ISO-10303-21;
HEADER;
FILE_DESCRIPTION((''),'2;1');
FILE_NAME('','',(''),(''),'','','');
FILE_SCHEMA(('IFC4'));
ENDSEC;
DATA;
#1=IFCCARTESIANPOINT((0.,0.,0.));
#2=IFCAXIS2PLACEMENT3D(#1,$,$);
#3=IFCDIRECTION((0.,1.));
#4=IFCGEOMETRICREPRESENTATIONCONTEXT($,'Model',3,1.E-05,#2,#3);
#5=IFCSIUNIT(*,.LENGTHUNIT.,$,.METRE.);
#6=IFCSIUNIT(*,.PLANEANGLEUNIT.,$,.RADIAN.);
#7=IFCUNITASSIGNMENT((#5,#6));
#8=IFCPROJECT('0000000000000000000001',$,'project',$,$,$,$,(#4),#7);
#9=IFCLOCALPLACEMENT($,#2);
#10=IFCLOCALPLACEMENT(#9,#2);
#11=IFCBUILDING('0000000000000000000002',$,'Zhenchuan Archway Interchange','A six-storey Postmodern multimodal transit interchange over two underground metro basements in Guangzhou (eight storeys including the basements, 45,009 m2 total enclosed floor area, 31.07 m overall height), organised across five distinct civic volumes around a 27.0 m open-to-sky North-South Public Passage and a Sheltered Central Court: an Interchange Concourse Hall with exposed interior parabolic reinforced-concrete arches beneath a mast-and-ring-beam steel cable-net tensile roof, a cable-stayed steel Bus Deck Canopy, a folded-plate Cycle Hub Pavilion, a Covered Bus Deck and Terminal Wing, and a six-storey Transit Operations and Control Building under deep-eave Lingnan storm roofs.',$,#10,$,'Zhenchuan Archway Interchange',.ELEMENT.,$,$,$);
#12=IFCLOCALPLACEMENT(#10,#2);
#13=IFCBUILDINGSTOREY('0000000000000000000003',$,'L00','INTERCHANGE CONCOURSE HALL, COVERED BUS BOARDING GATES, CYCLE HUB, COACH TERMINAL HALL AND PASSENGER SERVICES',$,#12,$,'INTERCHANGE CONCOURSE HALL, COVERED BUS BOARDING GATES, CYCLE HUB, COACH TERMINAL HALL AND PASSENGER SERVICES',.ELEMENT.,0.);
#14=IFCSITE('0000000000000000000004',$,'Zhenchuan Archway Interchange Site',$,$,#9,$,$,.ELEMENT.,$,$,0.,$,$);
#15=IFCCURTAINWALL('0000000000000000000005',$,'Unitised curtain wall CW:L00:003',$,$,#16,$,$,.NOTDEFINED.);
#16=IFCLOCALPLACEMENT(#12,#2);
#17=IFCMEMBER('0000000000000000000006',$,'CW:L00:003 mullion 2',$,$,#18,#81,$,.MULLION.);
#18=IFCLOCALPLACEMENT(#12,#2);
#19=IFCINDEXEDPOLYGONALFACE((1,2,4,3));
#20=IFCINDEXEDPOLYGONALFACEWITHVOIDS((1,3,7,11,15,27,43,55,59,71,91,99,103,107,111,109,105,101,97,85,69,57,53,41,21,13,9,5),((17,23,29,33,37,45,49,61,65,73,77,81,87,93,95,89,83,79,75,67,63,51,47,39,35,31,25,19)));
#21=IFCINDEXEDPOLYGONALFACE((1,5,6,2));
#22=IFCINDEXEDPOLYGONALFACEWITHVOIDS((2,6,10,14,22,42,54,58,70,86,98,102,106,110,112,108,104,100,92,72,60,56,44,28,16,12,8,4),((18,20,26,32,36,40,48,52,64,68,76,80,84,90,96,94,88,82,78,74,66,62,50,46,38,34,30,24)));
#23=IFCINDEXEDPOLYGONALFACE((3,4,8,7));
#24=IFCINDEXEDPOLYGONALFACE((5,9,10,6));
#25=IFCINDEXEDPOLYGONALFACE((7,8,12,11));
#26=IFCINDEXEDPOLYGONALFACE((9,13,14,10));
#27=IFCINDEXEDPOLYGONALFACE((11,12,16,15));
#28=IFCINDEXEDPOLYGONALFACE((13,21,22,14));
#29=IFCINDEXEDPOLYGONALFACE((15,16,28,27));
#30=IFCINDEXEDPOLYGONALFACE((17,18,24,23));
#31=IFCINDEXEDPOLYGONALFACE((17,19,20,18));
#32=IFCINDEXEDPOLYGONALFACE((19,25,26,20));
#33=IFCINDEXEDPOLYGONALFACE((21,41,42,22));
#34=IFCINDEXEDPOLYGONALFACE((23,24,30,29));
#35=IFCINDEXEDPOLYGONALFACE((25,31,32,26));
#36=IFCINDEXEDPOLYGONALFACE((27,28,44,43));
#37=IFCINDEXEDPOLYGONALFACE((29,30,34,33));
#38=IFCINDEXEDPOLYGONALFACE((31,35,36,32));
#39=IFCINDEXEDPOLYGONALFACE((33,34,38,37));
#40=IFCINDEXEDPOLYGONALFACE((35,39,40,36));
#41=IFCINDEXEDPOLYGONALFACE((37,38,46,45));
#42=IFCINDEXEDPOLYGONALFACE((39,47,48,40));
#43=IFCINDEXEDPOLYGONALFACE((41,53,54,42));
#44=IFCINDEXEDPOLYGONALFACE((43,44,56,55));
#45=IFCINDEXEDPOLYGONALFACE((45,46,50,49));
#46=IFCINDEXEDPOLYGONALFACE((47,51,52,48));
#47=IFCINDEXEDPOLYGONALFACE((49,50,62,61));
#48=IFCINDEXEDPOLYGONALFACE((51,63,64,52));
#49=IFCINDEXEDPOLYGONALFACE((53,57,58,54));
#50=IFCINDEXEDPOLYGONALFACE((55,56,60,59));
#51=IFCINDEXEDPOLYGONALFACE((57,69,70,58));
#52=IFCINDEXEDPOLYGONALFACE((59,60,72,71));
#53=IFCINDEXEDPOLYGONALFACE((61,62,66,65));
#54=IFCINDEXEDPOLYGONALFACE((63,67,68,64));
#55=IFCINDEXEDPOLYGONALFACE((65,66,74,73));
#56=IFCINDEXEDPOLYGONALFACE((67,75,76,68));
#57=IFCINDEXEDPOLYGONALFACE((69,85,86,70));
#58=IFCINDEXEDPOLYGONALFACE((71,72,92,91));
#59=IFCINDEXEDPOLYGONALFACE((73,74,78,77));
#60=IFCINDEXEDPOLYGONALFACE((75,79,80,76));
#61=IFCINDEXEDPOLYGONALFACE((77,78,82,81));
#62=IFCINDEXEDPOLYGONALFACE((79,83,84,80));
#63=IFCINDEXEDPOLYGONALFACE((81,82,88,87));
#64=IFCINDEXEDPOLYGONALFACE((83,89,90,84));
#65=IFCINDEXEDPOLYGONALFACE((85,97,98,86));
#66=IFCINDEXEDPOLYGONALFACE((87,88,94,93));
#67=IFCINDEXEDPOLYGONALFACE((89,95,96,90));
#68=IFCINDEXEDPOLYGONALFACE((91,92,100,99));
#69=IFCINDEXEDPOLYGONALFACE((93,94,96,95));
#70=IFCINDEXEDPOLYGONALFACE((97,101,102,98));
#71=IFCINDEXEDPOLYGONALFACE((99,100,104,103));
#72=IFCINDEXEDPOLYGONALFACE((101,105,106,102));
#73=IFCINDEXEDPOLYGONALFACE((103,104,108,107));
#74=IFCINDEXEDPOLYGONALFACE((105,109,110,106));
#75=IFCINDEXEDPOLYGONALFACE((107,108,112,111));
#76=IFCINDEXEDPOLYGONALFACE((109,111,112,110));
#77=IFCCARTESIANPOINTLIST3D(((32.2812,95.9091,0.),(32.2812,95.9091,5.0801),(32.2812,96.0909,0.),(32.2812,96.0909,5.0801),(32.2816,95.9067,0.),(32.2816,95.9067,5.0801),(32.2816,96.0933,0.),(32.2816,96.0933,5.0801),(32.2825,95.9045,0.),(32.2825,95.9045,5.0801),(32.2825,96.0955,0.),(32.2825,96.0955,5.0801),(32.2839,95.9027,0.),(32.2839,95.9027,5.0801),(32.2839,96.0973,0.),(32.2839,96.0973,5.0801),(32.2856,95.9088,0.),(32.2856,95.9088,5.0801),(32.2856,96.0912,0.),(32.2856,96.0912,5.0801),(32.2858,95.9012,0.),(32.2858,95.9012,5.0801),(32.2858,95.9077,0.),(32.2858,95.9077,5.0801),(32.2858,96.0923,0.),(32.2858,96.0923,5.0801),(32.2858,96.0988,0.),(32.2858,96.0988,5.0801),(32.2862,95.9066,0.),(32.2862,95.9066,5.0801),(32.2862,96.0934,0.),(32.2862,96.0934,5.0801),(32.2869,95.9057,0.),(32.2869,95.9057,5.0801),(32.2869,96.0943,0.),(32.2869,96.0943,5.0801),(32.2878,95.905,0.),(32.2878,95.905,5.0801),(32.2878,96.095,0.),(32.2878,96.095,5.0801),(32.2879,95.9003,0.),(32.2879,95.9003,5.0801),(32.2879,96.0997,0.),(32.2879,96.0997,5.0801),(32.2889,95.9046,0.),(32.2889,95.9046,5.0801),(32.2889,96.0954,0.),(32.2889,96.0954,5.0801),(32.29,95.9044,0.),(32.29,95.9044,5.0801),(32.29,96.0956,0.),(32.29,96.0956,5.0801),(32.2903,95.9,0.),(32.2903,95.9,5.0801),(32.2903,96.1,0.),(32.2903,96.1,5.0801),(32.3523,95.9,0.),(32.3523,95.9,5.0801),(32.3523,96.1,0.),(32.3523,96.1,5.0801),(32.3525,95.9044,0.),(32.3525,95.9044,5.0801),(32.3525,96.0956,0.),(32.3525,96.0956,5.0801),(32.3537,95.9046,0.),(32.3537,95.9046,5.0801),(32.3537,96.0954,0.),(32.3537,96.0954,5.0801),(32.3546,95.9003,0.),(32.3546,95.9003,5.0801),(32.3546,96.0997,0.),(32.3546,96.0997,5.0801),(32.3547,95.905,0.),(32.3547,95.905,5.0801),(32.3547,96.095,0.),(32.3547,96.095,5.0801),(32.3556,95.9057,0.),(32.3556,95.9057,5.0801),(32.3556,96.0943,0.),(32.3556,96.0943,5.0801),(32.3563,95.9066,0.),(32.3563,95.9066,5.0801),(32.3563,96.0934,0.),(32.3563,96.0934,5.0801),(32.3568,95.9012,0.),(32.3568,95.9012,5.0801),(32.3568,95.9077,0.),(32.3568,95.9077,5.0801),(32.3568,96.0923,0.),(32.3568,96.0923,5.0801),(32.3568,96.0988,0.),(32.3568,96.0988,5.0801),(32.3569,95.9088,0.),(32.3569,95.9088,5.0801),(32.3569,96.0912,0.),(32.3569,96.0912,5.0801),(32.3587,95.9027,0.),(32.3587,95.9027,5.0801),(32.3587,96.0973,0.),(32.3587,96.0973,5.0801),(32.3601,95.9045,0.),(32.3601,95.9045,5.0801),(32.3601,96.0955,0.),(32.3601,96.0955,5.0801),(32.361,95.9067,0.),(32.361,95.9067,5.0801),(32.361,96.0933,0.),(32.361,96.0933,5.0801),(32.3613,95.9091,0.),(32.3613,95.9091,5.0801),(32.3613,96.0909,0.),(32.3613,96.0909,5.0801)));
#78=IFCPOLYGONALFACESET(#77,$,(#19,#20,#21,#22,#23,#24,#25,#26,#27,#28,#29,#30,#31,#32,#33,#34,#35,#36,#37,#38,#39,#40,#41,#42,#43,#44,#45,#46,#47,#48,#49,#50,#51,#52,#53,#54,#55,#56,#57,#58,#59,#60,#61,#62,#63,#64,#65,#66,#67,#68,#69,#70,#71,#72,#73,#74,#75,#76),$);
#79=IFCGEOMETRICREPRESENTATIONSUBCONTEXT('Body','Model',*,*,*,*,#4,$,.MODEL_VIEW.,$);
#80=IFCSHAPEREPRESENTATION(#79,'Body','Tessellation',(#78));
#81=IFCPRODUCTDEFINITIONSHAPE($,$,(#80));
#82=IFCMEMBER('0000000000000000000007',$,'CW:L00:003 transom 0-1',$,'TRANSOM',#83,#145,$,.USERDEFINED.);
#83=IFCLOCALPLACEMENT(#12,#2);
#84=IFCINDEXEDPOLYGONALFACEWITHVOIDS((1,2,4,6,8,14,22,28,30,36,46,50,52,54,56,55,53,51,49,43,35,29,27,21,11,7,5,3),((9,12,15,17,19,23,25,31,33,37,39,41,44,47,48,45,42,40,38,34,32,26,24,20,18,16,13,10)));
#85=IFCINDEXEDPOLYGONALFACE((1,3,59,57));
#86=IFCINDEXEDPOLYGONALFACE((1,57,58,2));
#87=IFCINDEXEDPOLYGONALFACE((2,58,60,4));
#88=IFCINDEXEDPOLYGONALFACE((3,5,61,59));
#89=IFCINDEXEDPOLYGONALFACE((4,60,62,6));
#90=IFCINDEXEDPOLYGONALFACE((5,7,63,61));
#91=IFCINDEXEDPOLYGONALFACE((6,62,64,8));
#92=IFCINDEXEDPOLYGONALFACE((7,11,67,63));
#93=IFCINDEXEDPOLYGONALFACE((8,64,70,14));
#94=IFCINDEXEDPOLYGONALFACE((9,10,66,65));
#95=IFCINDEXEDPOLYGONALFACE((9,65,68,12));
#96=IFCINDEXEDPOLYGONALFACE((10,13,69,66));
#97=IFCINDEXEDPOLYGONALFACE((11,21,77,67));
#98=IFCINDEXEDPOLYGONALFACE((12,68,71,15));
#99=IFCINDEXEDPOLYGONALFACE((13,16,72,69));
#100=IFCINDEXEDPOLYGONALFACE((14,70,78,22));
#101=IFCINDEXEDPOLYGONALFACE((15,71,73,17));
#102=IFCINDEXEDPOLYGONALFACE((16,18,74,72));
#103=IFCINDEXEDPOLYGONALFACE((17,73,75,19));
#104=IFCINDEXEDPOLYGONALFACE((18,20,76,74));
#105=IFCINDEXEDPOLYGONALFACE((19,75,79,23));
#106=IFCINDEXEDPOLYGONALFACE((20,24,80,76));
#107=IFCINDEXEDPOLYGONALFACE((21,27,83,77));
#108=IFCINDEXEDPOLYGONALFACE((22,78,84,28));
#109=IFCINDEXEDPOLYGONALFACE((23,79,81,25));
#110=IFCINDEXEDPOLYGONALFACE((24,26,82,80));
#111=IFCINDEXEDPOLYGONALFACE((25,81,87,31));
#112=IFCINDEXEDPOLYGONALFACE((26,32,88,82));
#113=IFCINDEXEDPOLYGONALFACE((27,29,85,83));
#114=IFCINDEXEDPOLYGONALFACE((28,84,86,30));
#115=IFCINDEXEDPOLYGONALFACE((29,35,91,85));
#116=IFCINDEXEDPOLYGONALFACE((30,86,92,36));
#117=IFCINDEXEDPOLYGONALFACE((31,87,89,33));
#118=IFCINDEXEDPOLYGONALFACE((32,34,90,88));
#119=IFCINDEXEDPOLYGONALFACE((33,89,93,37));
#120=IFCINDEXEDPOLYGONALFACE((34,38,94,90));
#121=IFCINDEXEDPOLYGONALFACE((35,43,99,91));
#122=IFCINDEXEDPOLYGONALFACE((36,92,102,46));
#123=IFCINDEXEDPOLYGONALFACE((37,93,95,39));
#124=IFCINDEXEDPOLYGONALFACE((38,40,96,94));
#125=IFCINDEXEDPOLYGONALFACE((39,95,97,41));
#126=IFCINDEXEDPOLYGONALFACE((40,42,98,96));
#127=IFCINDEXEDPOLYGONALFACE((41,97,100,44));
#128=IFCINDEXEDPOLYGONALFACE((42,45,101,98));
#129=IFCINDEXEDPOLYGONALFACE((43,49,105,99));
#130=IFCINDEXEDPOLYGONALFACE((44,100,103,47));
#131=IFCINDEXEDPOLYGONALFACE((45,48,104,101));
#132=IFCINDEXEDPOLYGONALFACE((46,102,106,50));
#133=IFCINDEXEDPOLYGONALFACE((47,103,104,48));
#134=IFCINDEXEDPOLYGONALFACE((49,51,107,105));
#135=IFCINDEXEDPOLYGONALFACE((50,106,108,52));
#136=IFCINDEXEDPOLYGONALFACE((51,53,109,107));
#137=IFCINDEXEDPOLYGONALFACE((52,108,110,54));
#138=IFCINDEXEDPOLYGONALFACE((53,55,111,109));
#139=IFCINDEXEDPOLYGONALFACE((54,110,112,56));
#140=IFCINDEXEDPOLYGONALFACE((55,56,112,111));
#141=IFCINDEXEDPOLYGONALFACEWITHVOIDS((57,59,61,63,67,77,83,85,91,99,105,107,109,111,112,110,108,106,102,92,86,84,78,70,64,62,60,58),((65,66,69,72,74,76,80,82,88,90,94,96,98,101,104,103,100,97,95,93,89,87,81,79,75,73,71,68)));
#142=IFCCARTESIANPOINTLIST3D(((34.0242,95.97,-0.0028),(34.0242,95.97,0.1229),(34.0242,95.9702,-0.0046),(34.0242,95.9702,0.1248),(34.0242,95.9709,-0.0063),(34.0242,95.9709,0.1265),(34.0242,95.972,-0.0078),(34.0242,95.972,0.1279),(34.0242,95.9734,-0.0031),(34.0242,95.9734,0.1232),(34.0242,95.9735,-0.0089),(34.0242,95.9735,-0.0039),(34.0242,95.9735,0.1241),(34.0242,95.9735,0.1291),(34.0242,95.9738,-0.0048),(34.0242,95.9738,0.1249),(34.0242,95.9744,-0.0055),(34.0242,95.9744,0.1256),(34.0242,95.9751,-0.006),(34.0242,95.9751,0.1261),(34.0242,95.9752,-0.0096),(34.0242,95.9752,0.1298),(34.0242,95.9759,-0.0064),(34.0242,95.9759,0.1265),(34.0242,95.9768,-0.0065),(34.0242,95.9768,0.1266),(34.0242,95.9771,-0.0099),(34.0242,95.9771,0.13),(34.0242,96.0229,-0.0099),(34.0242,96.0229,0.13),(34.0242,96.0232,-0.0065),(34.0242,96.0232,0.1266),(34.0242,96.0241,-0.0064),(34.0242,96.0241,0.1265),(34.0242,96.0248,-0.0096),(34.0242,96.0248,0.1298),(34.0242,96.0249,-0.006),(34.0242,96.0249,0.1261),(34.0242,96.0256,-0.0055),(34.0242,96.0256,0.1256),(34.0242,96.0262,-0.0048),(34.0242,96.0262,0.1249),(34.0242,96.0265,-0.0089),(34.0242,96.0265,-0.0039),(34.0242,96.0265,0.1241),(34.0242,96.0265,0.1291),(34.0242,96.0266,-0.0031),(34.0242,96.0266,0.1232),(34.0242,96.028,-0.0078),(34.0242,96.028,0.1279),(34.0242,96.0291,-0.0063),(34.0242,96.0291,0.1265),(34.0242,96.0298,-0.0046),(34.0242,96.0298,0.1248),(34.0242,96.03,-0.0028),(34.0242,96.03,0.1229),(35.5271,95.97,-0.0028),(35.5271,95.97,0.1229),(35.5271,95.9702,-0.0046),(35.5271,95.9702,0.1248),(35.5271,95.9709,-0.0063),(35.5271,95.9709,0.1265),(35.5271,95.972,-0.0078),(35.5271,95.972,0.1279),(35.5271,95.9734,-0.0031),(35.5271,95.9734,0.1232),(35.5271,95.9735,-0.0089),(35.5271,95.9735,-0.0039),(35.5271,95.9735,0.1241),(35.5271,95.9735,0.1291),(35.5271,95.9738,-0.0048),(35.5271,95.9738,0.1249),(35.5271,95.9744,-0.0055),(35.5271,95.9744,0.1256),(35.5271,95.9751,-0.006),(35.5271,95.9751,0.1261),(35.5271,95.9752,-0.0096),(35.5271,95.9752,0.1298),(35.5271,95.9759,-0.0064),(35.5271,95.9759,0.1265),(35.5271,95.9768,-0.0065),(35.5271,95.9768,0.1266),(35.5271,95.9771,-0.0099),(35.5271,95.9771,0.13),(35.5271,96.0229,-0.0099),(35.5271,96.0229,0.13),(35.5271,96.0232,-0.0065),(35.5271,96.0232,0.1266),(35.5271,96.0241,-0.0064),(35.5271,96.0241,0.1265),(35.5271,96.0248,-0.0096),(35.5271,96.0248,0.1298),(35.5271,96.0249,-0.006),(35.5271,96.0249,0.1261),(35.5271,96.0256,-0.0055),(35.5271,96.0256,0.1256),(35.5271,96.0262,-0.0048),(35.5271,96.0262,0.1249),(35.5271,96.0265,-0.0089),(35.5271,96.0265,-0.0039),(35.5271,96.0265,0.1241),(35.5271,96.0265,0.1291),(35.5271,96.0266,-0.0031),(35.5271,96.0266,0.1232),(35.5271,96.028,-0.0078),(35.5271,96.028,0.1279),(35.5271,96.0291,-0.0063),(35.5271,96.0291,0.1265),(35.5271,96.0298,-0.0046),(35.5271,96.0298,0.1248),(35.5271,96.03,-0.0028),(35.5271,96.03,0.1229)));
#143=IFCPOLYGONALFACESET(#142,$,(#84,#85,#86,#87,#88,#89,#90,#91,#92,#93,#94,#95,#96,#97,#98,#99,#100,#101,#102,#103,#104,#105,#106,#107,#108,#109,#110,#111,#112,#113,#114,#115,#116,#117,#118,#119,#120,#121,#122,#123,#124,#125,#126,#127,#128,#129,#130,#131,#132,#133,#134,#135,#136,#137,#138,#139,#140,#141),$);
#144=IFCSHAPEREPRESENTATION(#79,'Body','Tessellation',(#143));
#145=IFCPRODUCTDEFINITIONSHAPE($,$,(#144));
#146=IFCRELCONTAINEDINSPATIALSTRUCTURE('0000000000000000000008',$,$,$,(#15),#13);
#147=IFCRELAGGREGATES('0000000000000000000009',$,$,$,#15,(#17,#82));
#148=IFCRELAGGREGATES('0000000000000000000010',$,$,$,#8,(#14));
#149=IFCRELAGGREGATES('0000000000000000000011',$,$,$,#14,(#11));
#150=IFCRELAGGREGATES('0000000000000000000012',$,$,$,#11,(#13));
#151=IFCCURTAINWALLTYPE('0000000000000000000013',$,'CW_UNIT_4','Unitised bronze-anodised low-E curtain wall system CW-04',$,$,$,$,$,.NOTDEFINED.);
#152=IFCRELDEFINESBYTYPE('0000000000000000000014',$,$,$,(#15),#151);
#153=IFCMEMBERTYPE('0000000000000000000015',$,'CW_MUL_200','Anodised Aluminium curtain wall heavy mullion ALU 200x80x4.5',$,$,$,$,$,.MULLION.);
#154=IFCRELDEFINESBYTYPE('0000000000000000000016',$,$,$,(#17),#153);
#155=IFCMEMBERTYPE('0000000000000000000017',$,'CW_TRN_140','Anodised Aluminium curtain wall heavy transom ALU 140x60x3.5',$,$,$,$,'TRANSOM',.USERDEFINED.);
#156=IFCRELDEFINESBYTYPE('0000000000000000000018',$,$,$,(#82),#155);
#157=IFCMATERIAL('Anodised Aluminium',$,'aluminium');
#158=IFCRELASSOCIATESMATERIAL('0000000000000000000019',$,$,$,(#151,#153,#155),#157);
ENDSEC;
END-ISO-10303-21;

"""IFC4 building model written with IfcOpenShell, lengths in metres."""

from ifc_helpers import new_model, si_unit, direction, frame, origin, origin_2d, place, context, subcontext, project, spatial, hollow_rectangle, extrude, material, material_profile, profile_set, type_object, element, aggregate, save


model = new_model("IFC4")

# Units and contexts
model_context = context("Model", 3, precision=1e-05, world=origin(), true_north=direction((0.0, 1.0)))
body_context = subcontext(model_context, "Body", "Model", "MODEL_VIEW")
ifc_project = project(units=[si_unit("LENGTHUNIT", "METRE"), si_unit("PLANEANGLEUNIT", "RADIAN")], contexts=[model_context])

# Site, building, storey
site_placement = place(None, origin())
site = spatial("IfcSite", under=ifc_project, at=site_placement, Name="Zhenchuan Archway Interchange Site", CompositionType="ELEMENT", RefElevation=0.0)
building_placement = place(site_placement, origin())
building = spatial("IfcBuilding", under=site, at=building_placement, Name="Zhenchuan Archway Interchange", Description="A six-storey Postmodern multimodal transit interchange over two underground metro basements in Guangzhou (eight storeys including the basements, 45,009 m2 total enclosed floor area, 31.07 m overall height), organised across five distinct civic volumes around a 27.0 m open-to-sky North-South Public Passage and a Sheltered Central Court: an Interchange Concourse Hall with exposed interior parabolic reinforced-concrete arches beneath a mast-and-ring-beam steel cable-net tensile roof, a cable-stayed steel Bus Deck Canopy, a folded-plate Cycle Hub Pavilion, a Covered Bus Deck and Terminal Wing, and a six-storey Transit Operations and Control Building under deep-eave Lingnan storm roofs.", LongName="Zhenchuan Archway Interchange", CompositionType="ELEMENT")
storey_placement = place(building_placement, origin())
storey = spatial("IfcBuildingStorey", under=building, at=storey_placement, Name="L00", Description="INTERCHANGE CONCOURSE HALL, COVERED BUS BOARDING GATES, CYCLE HUB, COACH TERMINAL HALL AND PASSENGER SERVICES", LongName="INTERCHANGE CONCOURSE HALL, COVERED BUS BOARDING GATES, CYCLE HUB, COACH TERMINAL HALL AND PASSENGER SERVICES", CompositionType="ELEMENT", Elevation=0.0)

# Curtain wall, members
ifc_material_1 = material(Name="Anodised Aluminium", Category="aluminium")
curtain_wall_type = type_object("IfcCurtainWallType", Name="CW_UNIT_4", Description="Unitised bronze-anodised low-E curtain wall system CW-04", PredefinedType="NOTDEFINED", material=ifc_material_1)
curtain_wall_placement = place(storey_placement, origin())
curtain_wall = element("IfcCurtainWall", 1, at=curtain_wall_placement, inside=storey, type_object=curtain_wall_type, Name="Unitised curtain wall CW:L00:003", PredefinedType="NOTDEFINED")
ifc_material_profile_1 = material_profile(ifc_material_1, hollow_rectangle(XDim=0.0801, YDim=0.2, WallThickness=0.0044, InnerFilletRadius=0.0044, OuterFilletRadius=0.009, at=origin_2d()), Name="ALU 200x80x4.5")
ifc_profile_set_1 = profile_set([ifc_material_profile_1], Name="Anodised Aluminium")
member_type_1 = type_object("IfcMemberType", Name="CW_MUL_200", Description="Anodised Aluminium curtain wall heavy mullion ALU 200x80x4.5", PredefinedType="MULLION", material=ifc_profile_set_1)
member_1_placement = place(storey_placement, frame((32.3213, 96.0, 0.0), z_axis=(0.0, 0.0, 1.0), x_axis=(1.0, 0.0, 0.0)))
member_1 = element("IfcMember", 2, at=member_1_placement, type_object=member_type_1, Name="CW:L00:003 mullion 2", PredefinedType="MULLION", context=body_context, shape_type="SweptSolid", body=[
    extrude(hollow_rectangle(XDim=0.0801, YDim=0.2, WallThickness=0.0044, InnerFilletRadius=0.0044, OuterFilletRadius=0.009, at=origin_2d()), origin(), (0.0, 0.0, 1.0), 5.0801),
])
ifc_material_profile_2 = material_profile(ifc_material_1, hollow_rectangle(XDim=0.0601, YDim=0.1399, WallThickness=0.0034, InnerFilletRadius=0.0034, OuterFilletRadius=0.0071, at=origin_2d()), Name="ALU 140x60x3.5")
ifc_profile_set_2 = profile_set([ifc_material_profile_2], Name="Anodised Aluminium")
member_type_2 = type_object("IfcMemberType", Name="CW_TRN_140", Description="Anodised Aluminium curtain wall heavy transom ALU 140x60x3.5", ElementType="TRANSOM", PredefinedType="USERDEFINED", material=ifc_profile_set_2)
member_2_placement = place(storey_placement, frame((35.5271, 96.0, 0.0601), z_axis=(-1.0, 0.0, 0.0), x_axis=(0.0, -1.0, 0.0)))
member_2 = element("IfcMember", 3, at=member_2_placement, type_object=member_type_2, Name="CW:L00:003 transom 0-1", ObjectType="TRANSOM", PredefinedType="USERDEFINED", context=body_context, shape_type="SweptSolid", body=[
    extrude(hollow_rectangle(XDim=0.0601, YDim=0.1399, WallThickness=0.0034, InnerFilletRadius=0.0034, OuterFilletRadius=0.0071, at=origin_2d()), origin(), (0.0, 0.0, 1.0), 1.5029),
])

aggregate(curtain_wall, [member_1, member_2])

save(model, "model.ifc")
